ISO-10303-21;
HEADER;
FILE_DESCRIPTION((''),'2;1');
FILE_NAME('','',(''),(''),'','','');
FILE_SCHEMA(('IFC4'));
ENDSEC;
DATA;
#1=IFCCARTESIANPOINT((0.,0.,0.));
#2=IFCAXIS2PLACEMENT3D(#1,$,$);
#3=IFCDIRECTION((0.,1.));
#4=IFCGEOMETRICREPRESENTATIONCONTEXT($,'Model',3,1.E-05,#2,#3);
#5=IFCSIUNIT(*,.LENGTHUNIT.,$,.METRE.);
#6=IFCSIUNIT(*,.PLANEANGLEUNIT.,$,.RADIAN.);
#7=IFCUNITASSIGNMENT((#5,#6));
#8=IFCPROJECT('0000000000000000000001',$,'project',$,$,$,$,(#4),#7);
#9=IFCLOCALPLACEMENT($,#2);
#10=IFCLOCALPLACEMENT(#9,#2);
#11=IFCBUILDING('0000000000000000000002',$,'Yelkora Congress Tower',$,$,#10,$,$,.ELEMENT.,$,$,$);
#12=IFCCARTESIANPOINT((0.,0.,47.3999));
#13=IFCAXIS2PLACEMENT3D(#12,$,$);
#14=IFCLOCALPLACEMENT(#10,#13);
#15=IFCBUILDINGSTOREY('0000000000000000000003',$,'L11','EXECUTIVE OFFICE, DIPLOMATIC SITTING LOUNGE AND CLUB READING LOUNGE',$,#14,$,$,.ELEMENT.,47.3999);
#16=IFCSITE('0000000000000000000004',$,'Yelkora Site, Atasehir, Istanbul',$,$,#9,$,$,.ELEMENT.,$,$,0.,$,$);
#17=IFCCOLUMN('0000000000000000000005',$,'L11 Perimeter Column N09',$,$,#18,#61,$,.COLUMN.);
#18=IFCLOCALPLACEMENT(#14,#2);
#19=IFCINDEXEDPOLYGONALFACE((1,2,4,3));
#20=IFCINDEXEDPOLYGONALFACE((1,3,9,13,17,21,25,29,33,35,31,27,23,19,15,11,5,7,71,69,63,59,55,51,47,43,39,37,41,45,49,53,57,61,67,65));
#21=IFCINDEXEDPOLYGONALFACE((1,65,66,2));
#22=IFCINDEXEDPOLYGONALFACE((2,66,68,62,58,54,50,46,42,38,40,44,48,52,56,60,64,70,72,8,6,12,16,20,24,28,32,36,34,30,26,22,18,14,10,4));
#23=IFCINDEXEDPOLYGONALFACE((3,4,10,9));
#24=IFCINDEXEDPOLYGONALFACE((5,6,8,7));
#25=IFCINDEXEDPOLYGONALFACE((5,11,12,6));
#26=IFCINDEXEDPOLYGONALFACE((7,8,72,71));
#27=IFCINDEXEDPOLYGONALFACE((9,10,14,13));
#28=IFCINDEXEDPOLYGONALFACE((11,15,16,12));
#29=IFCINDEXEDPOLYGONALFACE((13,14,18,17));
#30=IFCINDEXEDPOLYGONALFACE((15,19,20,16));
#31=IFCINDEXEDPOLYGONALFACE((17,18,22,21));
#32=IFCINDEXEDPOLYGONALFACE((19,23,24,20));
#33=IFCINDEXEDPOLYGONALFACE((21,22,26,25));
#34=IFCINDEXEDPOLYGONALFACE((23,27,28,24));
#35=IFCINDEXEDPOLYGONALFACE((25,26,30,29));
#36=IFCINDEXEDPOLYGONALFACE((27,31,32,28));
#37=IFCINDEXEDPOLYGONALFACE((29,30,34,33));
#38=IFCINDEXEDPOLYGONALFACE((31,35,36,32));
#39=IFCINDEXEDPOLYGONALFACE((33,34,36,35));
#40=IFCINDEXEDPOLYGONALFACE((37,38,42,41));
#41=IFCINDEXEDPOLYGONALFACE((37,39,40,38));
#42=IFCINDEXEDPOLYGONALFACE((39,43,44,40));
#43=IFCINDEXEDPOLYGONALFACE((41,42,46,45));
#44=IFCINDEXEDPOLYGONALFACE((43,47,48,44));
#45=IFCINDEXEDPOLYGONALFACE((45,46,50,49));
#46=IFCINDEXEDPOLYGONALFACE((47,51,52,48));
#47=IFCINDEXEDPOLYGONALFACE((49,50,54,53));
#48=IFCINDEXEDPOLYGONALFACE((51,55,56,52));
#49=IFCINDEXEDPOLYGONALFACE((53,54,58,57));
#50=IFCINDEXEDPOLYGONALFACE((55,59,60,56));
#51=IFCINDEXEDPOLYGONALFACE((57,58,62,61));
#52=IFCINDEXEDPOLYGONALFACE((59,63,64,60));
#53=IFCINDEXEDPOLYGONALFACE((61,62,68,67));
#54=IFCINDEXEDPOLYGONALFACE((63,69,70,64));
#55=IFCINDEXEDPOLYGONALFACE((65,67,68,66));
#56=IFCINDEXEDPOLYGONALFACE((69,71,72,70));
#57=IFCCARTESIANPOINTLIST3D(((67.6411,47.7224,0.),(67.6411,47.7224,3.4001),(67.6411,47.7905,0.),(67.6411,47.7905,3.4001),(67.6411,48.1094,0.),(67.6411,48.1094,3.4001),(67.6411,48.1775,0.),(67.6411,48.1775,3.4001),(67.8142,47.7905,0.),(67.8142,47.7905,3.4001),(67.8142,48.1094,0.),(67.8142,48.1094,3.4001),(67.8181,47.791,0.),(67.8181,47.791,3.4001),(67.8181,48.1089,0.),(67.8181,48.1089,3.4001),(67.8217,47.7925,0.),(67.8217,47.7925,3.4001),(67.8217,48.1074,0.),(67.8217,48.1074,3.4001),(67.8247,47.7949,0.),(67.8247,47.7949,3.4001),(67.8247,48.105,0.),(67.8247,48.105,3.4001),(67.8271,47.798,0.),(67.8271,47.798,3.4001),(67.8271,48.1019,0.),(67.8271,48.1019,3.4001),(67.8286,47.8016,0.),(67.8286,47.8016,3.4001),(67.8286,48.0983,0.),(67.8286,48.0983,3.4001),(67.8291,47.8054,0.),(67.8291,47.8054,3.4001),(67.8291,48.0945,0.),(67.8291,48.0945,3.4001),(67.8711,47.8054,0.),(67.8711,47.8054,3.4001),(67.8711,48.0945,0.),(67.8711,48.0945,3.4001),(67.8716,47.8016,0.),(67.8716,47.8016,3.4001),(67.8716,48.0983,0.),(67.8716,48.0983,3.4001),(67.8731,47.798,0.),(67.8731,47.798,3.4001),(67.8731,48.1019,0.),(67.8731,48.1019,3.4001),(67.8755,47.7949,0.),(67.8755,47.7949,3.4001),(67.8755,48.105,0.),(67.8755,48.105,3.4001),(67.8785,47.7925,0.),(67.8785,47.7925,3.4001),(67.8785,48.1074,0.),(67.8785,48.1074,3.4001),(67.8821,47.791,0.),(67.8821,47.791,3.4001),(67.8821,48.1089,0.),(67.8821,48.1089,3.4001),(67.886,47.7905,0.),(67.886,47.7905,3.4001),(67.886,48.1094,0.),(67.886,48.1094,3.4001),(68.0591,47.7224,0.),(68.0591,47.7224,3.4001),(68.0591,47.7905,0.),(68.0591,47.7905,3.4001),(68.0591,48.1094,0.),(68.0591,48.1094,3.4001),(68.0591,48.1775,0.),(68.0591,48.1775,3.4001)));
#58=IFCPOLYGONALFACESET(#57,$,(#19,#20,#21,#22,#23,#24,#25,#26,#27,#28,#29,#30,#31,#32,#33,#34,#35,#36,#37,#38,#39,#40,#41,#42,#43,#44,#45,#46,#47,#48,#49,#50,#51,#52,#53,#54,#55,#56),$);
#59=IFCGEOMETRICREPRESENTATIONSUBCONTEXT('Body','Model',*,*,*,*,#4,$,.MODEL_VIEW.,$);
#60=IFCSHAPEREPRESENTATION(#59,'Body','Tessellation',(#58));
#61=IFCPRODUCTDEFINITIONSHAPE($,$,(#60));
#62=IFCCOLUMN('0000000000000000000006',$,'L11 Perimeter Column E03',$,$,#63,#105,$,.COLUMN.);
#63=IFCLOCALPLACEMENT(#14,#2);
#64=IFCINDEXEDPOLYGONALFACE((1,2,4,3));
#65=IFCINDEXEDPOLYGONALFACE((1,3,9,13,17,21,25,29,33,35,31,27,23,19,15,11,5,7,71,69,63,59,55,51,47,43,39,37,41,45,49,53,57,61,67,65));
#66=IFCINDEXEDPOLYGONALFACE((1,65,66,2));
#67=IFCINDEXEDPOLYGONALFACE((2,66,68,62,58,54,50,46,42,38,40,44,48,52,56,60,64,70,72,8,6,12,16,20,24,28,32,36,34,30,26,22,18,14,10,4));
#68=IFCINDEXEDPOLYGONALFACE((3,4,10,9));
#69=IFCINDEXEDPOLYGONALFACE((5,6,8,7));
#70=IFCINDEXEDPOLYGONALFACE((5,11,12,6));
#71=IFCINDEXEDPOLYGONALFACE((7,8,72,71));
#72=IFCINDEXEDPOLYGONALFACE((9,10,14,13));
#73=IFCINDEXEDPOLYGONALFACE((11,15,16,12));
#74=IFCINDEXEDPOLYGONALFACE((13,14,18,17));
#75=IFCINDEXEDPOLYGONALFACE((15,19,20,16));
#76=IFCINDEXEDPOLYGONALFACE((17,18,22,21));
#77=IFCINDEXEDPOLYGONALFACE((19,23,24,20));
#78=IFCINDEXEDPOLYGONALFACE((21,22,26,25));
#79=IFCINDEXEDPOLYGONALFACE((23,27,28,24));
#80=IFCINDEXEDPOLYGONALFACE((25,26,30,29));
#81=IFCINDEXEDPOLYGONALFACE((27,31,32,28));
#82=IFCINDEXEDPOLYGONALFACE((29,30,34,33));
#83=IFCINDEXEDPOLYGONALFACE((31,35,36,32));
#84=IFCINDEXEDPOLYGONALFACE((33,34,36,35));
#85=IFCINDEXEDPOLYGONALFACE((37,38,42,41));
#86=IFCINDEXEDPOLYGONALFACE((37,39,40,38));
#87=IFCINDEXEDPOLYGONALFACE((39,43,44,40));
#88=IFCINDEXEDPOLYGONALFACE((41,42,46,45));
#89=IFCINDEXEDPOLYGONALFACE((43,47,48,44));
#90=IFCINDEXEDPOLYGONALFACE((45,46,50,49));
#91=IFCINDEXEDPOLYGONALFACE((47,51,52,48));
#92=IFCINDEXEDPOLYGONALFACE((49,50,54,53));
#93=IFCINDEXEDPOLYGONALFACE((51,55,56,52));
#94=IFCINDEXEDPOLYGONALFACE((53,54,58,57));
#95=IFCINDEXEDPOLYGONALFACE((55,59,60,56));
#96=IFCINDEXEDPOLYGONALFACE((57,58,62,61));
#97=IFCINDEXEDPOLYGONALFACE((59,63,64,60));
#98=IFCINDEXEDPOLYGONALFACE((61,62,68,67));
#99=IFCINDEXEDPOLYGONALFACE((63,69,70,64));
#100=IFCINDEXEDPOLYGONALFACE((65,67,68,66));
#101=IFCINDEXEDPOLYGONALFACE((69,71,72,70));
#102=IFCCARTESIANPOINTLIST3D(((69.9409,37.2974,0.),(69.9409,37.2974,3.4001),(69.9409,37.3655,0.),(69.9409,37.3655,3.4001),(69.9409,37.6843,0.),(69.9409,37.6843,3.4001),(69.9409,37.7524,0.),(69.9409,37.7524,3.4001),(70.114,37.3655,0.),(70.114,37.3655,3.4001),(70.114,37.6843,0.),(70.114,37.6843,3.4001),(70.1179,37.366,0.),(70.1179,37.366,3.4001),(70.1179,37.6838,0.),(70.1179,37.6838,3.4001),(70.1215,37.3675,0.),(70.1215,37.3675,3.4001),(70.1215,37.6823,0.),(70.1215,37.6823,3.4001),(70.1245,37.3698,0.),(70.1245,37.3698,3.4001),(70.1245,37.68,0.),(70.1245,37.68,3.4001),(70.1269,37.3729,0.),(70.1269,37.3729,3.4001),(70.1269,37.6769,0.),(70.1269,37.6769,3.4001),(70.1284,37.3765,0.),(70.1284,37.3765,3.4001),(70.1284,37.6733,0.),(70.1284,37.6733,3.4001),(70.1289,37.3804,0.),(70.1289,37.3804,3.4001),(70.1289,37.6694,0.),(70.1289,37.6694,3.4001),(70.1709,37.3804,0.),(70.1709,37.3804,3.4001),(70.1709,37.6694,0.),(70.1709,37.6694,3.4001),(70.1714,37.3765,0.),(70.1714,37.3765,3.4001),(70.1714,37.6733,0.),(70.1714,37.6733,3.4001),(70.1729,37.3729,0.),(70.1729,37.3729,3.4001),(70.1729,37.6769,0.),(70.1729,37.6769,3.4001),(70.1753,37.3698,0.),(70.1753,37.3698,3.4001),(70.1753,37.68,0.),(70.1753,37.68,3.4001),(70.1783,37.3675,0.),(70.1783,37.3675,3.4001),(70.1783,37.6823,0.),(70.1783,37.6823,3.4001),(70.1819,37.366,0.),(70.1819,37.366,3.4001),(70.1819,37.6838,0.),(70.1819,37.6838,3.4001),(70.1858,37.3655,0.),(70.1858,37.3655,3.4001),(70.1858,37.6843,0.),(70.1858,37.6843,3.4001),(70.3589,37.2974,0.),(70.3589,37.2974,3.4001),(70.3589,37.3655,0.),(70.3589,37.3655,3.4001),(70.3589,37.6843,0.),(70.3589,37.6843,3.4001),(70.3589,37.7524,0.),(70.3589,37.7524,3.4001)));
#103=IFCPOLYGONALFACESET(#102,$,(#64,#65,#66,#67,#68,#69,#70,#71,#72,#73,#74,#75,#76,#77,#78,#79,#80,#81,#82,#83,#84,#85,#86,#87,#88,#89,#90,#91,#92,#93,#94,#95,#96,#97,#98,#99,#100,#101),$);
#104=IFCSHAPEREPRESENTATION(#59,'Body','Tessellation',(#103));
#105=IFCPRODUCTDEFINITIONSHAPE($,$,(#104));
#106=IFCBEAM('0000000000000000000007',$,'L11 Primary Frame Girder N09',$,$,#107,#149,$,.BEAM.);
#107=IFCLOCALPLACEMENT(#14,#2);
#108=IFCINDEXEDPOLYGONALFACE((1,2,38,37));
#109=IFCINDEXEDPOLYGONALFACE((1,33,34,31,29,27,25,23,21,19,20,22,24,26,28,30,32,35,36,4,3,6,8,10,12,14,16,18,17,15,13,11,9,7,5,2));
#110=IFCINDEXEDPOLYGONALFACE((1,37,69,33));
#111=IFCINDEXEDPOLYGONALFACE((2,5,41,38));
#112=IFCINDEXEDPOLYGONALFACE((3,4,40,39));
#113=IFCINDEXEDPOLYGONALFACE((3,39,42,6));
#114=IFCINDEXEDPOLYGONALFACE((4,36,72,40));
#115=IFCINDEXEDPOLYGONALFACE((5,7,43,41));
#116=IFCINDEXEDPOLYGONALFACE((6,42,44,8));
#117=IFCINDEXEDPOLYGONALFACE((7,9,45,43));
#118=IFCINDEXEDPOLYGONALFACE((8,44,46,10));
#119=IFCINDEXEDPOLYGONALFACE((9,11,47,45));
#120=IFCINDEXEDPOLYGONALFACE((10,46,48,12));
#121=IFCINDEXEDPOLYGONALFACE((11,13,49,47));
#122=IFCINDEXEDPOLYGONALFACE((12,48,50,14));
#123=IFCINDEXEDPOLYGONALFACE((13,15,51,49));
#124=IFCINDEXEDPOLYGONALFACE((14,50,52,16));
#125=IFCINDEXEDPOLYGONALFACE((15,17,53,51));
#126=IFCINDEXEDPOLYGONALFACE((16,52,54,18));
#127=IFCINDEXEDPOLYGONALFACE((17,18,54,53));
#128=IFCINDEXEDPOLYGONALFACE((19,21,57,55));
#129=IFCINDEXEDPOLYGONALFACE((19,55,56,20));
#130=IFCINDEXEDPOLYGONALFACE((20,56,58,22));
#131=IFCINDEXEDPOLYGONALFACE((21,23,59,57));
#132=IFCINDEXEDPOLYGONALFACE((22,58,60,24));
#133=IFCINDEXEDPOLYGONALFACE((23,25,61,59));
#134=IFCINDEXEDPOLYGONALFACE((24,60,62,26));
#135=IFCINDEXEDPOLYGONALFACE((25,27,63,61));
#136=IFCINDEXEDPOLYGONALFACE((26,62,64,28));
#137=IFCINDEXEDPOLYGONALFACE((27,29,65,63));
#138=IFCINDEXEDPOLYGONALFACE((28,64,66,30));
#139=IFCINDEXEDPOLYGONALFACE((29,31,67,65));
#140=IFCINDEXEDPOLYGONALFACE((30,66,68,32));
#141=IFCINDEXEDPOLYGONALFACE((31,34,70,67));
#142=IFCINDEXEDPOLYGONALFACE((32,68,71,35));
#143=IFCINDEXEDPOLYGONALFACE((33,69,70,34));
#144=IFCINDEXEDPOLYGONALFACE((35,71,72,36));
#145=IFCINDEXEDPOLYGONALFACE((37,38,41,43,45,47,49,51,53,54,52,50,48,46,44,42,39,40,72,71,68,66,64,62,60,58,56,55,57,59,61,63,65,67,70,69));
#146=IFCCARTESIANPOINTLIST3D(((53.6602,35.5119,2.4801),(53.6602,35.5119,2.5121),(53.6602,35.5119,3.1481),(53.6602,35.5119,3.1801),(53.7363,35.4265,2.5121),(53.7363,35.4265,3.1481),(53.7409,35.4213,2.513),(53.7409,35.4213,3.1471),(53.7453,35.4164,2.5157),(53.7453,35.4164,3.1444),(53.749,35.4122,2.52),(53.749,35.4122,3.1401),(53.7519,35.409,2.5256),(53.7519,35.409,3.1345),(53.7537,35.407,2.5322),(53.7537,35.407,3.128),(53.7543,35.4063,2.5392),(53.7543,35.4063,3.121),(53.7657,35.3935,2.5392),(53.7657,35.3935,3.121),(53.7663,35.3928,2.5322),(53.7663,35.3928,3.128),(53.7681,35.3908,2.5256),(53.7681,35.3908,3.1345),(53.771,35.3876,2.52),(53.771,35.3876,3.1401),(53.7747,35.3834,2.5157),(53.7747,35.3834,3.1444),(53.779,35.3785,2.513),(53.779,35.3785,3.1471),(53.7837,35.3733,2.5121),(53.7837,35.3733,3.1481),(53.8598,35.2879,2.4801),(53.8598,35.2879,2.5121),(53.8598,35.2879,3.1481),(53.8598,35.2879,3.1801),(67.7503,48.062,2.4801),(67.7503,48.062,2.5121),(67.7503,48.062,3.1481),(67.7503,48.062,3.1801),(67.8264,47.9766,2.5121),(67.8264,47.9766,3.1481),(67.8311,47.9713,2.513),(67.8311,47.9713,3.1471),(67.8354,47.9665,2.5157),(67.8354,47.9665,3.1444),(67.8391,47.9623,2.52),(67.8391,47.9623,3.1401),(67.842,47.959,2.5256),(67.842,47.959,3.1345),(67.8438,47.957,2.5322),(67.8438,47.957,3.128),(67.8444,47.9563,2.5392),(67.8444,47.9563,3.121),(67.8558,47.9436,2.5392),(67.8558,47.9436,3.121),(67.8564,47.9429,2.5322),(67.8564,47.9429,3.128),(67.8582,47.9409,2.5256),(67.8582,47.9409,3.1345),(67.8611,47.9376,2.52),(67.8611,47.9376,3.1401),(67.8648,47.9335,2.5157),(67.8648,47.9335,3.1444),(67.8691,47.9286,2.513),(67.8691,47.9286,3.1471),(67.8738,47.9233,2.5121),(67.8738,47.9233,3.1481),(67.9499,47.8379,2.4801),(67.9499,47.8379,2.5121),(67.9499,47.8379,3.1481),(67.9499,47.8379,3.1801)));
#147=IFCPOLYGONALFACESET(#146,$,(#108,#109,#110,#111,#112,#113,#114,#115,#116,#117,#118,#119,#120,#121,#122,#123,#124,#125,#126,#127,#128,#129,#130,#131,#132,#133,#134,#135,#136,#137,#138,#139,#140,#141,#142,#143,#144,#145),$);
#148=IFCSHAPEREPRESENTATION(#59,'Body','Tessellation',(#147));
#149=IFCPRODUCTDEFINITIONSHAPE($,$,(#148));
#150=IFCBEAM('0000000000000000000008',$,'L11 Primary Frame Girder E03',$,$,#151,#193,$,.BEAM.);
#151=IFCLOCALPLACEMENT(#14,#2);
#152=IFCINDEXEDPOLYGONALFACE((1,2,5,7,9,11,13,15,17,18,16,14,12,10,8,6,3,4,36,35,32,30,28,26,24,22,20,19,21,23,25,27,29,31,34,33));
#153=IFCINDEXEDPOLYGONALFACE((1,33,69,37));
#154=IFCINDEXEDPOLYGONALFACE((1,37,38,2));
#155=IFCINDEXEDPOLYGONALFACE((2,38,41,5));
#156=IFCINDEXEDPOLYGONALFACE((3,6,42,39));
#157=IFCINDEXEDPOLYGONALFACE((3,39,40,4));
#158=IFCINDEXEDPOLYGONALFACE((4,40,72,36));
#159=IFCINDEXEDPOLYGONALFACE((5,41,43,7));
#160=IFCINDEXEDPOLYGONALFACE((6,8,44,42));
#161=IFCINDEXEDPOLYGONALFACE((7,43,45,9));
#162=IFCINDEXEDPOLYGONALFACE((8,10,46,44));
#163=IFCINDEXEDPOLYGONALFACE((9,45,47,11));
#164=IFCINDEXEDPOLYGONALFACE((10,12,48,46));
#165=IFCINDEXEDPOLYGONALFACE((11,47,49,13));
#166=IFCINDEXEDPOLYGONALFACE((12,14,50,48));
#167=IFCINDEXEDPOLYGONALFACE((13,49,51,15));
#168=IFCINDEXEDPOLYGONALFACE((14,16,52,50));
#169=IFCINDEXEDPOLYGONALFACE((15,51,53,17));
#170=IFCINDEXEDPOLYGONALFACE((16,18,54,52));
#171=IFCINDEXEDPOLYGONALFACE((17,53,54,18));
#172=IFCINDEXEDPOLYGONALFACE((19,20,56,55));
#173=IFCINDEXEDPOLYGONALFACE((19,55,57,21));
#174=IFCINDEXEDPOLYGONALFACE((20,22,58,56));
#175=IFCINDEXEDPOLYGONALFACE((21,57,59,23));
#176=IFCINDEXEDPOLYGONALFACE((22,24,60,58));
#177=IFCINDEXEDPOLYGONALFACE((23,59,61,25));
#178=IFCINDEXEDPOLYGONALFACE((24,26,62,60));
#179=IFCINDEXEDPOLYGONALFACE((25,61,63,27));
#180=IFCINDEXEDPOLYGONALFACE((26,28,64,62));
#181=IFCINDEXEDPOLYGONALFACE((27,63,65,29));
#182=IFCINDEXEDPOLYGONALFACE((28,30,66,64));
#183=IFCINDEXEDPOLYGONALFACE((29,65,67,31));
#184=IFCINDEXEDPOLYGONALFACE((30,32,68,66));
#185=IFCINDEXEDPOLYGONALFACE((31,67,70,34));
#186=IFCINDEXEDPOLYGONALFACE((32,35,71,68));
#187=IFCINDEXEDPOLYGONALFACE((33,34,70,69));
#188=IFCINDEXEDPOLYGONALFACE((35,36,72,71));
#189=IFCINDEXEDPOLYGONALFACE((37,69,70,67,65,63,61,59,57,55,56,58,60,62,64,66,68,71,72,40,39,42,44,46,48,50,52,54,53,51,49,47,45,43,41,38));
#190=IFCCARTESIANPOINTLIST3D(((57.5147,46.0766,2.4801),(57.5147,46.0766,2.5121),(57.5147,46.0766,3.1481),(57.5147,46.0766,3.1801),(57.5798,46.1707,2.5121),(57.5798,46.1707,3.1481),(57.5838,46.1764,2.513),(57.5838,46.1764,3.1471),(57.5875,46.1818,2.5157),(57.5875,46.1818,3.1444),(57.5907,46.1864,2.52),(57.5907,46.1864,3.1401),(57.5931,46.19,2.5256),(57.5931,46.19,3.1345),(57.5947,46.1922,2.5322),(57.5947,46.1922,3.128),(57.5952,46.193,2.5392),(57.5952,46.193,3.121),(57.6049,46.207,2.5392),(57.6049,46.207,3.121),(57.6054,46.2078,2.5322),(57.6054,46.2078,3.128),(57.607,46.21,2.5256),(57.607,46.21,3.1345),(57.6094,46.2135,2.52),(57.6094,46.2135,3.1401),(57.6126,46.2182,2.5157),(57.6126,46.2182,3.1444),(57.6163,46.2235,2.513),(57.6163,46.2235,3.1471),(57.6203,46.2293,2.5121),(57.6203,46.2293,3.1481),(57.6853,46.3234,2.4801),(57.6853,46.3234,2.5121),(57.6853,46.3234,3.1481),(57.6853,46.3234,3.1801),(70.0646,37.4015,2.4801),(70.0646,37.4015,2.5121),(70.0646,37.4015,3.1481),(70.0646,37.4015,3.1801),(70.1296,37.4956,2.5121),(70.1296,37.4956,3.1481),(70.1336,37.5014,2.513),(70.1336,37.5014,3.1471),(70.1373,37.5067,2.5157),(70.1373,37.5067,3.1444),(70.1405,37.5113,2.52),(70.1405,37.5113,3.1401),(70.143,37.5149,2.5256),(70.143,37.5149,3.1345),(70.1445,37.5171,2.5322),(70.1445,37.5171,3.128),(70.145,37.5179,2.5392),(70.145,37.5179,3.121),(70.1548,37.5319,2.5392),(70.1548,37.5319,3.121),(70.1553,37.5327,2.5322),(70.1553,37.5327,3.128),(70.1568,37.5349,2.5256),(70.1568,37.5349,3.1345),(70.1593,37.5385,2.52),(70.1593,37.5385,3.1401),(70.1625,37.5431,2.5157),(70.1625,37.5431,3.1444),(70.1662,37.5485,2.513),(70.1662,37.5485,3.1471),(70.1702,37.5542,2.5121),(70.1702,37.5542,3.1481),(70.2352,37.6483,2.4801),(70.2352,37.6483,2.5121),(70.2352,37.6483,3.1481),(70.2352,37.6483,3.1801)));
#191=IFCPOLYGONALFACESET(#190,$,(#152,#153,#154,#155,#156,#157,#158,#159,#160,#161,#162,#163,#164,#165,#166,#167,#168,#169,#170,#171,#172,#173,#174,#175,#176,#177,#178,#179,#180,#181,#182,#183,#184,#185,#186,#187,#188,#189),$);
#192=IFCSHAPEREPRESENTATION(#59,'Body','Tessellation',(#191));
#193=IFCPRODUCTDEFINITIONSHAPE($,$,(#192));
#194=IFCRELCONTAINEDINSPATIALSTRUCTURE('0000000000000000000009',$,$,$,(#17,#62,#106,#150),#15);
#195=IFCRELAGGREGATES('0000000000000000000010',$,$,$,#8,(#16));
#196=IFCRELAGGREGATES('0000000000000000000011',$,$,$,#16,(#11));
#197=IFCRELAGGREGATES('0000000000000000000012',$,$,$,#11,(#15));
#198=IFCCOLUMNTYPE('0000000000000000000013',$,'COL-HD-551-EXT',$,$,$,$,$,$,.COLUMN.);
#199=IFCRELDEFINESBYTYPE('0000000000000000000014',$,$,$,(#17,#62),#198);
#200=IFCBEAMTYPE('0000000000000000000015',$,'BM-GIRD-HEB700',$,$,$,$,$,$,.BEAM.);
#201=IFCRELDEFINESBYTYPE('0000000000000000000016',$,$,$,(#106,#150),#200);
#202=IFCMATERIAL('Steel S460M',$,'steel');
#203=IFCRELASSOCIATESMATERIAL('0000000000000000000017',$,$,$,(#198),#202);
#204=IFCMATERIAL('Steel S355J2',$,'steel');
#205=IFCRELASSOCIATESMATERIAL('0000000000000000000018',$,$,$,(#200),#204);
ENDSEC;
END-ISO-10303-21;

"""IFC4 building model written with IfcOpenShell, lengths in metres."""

from ifc_helpers import new_model, si_unit, direction, frame, origin, origin_2d, place, context, subcontext, project, spatial, i_section, extrude, material, material_profile, profile_set, type_object, element, save


model = new_model("IFC4")

# Units and contexts
model_context = context("Model", 3, precision=1e-05, world=origin(), true_north=direction((0.0, 1.0)))
body_context = subcontext(model_context, "Body", "Model", "MODEL_VIEW")
ifc_project = project(units=[si_unit("LENGTHUNIT", "METRE"), si_unit("PLANEANGLEUNIT", "RADIAN")], contexts=[model_context])

# Site, building, storey
site_placement = place(None, origin())
site = spatial("IfcSite", under=ifc_project, at=site_placement, Name="Yelkora Site, Atasehir, Istanbul", CompositionType="ELEMENT", RefElevation=0.0)
building_placement = place(site_placement, origin())
building = spatial("IfcBuilding", under=site, at=building_placement, Name="Yelkora Congress Tower", CompositionType="ELEMENT")
storey_placement = place(building_placement, frame((0.0, 0.0, 47.3999)))
storey = spatial("IfcBuildingStorey", under=building, at=storey_placement, Name="L11", Description="EXECUTIVE OFFICE, DIPLOMATIC SITTING LOUNGE AND CLUB READING LOUNGE", CompositionType="ELEMENT", Elevation=47.3999)

# Columns
ifc_material_1 = material(Name="Steel S460M", Category="steel")
ifc_material_profile_1 = material_profile(ifc_material_1, i_section(OverallWidth=0.418, OverallDepth=0.4551, WebThickness=0.042, FlangeThickness=0.0681, FilletRadius=0.0149, at=origin_2d()), Name="HD 400x551")
ifc_profile_set_1 = profile_set([ifc_material_profile_1], Name="Steel S460M")
column_type = type_object("IfcColumnType", Name="COL-HD-551-EXT", PredefinedType="COLUMN", material=ifc_profile_set_1)
for number, where, z_axis, x_axis, name in (
    (1, (67.8501, 47.95, 0.0), (0.0, 0.0, 1.0), (1.0, 0.0, 0.0), "L11 Perimeter Column N09"),
    (2, (70.1499, 37.5249, 0.0), (0.0, 0.0, 1.0), (1.0, 0.0, 0.0), "L11 Perimeter Column E03"),
):
    element("IfcColumn", number, at=place(storey_placement, frame(where, z_axis=z_axis, x_axis=x_axis)), inside=storey, type_object=column_type, Name=name, PredefinedType="COLUMN", context=body_context, shape_type="SweptSolid", body=[
        extrude(i_section(OverallWidth=0.418, OverallDepth=0.4551, WebThickness=0.042, FlangeThickness=0.0681, FilletRadius=0.0149, at=origin_2d()), origin(), (0.0, 0.0, 1.0), 3.4001),
    ])

# Beams
ifc_material_2 = material(Name="Steel S355J2", Category="steel")
ifc_material_profile_2 = material_profile(ifc_material_2, i_section(OverallWidth=0.3, OverallDepth=0.7, WebThickness=0.0171, FlangeThickness=0.032, FilletRadius=0.0271, at=origin_2d()), Name="HEB 700")
ifc_profile_set_2 = profile_set([ifc_material_profile_2], Name="Steel S355J2")
beam_type_1 = type_object("IfcBeamType", Name="BM-GIRD-HEB700", PredefinedType="BEAM", material=ifc_profile_set_2)
beam_1_placement = place(storey_placement, frame((67.8501, 47.95, 2.8301), z_axis=(-0.746737, -0.665119, 0.0), x_axis=(0.665119, -0.746737, 0.0)))
element("IfcBeam", 3, at=beam_1_placement, inside=storey, type_object=beam_type_1, Name="L11 Primary Frame Girder N09", PredefinedType="BEAM", context=body_context, shape_type="SweptSolid", body=[
    extrude(i_section(OverallWidth=0.3, OverallDepth=0.7, WebThickness=0.0171, FlangeThickness=0.032, FilletRadius=0.0271, at=origin_2d()), origin(), (0.0, 0.0, 1.0), 18.8689),
])
beam_2_placement = place(storey_placement, frame((70.1499, 37.5249, 2.8301), z_axis=(-0.822599, 0.568622, 0.0), x_axis=(-0.568622, -0.822599, 0.0)))
element("IfcBeam", 4, at=beam_2_placement, inside=storey, type_object=beam_type_1, Name="L11 Primary Frame Girder E03", PredefinedType="BEAM", context=body_context, shape_type="SweptSolid", body=[
    extrude(i_section(OverallWidth=0.3, OverallDepth=0.7, WebThickness=0.0171, FlangeThickness=0.032, FilletRadius=0.0271, at=origin_2d()), origin(), (0.0, 0.0, 1.0), 15.2563),
])

save(model, "model.ifc")
